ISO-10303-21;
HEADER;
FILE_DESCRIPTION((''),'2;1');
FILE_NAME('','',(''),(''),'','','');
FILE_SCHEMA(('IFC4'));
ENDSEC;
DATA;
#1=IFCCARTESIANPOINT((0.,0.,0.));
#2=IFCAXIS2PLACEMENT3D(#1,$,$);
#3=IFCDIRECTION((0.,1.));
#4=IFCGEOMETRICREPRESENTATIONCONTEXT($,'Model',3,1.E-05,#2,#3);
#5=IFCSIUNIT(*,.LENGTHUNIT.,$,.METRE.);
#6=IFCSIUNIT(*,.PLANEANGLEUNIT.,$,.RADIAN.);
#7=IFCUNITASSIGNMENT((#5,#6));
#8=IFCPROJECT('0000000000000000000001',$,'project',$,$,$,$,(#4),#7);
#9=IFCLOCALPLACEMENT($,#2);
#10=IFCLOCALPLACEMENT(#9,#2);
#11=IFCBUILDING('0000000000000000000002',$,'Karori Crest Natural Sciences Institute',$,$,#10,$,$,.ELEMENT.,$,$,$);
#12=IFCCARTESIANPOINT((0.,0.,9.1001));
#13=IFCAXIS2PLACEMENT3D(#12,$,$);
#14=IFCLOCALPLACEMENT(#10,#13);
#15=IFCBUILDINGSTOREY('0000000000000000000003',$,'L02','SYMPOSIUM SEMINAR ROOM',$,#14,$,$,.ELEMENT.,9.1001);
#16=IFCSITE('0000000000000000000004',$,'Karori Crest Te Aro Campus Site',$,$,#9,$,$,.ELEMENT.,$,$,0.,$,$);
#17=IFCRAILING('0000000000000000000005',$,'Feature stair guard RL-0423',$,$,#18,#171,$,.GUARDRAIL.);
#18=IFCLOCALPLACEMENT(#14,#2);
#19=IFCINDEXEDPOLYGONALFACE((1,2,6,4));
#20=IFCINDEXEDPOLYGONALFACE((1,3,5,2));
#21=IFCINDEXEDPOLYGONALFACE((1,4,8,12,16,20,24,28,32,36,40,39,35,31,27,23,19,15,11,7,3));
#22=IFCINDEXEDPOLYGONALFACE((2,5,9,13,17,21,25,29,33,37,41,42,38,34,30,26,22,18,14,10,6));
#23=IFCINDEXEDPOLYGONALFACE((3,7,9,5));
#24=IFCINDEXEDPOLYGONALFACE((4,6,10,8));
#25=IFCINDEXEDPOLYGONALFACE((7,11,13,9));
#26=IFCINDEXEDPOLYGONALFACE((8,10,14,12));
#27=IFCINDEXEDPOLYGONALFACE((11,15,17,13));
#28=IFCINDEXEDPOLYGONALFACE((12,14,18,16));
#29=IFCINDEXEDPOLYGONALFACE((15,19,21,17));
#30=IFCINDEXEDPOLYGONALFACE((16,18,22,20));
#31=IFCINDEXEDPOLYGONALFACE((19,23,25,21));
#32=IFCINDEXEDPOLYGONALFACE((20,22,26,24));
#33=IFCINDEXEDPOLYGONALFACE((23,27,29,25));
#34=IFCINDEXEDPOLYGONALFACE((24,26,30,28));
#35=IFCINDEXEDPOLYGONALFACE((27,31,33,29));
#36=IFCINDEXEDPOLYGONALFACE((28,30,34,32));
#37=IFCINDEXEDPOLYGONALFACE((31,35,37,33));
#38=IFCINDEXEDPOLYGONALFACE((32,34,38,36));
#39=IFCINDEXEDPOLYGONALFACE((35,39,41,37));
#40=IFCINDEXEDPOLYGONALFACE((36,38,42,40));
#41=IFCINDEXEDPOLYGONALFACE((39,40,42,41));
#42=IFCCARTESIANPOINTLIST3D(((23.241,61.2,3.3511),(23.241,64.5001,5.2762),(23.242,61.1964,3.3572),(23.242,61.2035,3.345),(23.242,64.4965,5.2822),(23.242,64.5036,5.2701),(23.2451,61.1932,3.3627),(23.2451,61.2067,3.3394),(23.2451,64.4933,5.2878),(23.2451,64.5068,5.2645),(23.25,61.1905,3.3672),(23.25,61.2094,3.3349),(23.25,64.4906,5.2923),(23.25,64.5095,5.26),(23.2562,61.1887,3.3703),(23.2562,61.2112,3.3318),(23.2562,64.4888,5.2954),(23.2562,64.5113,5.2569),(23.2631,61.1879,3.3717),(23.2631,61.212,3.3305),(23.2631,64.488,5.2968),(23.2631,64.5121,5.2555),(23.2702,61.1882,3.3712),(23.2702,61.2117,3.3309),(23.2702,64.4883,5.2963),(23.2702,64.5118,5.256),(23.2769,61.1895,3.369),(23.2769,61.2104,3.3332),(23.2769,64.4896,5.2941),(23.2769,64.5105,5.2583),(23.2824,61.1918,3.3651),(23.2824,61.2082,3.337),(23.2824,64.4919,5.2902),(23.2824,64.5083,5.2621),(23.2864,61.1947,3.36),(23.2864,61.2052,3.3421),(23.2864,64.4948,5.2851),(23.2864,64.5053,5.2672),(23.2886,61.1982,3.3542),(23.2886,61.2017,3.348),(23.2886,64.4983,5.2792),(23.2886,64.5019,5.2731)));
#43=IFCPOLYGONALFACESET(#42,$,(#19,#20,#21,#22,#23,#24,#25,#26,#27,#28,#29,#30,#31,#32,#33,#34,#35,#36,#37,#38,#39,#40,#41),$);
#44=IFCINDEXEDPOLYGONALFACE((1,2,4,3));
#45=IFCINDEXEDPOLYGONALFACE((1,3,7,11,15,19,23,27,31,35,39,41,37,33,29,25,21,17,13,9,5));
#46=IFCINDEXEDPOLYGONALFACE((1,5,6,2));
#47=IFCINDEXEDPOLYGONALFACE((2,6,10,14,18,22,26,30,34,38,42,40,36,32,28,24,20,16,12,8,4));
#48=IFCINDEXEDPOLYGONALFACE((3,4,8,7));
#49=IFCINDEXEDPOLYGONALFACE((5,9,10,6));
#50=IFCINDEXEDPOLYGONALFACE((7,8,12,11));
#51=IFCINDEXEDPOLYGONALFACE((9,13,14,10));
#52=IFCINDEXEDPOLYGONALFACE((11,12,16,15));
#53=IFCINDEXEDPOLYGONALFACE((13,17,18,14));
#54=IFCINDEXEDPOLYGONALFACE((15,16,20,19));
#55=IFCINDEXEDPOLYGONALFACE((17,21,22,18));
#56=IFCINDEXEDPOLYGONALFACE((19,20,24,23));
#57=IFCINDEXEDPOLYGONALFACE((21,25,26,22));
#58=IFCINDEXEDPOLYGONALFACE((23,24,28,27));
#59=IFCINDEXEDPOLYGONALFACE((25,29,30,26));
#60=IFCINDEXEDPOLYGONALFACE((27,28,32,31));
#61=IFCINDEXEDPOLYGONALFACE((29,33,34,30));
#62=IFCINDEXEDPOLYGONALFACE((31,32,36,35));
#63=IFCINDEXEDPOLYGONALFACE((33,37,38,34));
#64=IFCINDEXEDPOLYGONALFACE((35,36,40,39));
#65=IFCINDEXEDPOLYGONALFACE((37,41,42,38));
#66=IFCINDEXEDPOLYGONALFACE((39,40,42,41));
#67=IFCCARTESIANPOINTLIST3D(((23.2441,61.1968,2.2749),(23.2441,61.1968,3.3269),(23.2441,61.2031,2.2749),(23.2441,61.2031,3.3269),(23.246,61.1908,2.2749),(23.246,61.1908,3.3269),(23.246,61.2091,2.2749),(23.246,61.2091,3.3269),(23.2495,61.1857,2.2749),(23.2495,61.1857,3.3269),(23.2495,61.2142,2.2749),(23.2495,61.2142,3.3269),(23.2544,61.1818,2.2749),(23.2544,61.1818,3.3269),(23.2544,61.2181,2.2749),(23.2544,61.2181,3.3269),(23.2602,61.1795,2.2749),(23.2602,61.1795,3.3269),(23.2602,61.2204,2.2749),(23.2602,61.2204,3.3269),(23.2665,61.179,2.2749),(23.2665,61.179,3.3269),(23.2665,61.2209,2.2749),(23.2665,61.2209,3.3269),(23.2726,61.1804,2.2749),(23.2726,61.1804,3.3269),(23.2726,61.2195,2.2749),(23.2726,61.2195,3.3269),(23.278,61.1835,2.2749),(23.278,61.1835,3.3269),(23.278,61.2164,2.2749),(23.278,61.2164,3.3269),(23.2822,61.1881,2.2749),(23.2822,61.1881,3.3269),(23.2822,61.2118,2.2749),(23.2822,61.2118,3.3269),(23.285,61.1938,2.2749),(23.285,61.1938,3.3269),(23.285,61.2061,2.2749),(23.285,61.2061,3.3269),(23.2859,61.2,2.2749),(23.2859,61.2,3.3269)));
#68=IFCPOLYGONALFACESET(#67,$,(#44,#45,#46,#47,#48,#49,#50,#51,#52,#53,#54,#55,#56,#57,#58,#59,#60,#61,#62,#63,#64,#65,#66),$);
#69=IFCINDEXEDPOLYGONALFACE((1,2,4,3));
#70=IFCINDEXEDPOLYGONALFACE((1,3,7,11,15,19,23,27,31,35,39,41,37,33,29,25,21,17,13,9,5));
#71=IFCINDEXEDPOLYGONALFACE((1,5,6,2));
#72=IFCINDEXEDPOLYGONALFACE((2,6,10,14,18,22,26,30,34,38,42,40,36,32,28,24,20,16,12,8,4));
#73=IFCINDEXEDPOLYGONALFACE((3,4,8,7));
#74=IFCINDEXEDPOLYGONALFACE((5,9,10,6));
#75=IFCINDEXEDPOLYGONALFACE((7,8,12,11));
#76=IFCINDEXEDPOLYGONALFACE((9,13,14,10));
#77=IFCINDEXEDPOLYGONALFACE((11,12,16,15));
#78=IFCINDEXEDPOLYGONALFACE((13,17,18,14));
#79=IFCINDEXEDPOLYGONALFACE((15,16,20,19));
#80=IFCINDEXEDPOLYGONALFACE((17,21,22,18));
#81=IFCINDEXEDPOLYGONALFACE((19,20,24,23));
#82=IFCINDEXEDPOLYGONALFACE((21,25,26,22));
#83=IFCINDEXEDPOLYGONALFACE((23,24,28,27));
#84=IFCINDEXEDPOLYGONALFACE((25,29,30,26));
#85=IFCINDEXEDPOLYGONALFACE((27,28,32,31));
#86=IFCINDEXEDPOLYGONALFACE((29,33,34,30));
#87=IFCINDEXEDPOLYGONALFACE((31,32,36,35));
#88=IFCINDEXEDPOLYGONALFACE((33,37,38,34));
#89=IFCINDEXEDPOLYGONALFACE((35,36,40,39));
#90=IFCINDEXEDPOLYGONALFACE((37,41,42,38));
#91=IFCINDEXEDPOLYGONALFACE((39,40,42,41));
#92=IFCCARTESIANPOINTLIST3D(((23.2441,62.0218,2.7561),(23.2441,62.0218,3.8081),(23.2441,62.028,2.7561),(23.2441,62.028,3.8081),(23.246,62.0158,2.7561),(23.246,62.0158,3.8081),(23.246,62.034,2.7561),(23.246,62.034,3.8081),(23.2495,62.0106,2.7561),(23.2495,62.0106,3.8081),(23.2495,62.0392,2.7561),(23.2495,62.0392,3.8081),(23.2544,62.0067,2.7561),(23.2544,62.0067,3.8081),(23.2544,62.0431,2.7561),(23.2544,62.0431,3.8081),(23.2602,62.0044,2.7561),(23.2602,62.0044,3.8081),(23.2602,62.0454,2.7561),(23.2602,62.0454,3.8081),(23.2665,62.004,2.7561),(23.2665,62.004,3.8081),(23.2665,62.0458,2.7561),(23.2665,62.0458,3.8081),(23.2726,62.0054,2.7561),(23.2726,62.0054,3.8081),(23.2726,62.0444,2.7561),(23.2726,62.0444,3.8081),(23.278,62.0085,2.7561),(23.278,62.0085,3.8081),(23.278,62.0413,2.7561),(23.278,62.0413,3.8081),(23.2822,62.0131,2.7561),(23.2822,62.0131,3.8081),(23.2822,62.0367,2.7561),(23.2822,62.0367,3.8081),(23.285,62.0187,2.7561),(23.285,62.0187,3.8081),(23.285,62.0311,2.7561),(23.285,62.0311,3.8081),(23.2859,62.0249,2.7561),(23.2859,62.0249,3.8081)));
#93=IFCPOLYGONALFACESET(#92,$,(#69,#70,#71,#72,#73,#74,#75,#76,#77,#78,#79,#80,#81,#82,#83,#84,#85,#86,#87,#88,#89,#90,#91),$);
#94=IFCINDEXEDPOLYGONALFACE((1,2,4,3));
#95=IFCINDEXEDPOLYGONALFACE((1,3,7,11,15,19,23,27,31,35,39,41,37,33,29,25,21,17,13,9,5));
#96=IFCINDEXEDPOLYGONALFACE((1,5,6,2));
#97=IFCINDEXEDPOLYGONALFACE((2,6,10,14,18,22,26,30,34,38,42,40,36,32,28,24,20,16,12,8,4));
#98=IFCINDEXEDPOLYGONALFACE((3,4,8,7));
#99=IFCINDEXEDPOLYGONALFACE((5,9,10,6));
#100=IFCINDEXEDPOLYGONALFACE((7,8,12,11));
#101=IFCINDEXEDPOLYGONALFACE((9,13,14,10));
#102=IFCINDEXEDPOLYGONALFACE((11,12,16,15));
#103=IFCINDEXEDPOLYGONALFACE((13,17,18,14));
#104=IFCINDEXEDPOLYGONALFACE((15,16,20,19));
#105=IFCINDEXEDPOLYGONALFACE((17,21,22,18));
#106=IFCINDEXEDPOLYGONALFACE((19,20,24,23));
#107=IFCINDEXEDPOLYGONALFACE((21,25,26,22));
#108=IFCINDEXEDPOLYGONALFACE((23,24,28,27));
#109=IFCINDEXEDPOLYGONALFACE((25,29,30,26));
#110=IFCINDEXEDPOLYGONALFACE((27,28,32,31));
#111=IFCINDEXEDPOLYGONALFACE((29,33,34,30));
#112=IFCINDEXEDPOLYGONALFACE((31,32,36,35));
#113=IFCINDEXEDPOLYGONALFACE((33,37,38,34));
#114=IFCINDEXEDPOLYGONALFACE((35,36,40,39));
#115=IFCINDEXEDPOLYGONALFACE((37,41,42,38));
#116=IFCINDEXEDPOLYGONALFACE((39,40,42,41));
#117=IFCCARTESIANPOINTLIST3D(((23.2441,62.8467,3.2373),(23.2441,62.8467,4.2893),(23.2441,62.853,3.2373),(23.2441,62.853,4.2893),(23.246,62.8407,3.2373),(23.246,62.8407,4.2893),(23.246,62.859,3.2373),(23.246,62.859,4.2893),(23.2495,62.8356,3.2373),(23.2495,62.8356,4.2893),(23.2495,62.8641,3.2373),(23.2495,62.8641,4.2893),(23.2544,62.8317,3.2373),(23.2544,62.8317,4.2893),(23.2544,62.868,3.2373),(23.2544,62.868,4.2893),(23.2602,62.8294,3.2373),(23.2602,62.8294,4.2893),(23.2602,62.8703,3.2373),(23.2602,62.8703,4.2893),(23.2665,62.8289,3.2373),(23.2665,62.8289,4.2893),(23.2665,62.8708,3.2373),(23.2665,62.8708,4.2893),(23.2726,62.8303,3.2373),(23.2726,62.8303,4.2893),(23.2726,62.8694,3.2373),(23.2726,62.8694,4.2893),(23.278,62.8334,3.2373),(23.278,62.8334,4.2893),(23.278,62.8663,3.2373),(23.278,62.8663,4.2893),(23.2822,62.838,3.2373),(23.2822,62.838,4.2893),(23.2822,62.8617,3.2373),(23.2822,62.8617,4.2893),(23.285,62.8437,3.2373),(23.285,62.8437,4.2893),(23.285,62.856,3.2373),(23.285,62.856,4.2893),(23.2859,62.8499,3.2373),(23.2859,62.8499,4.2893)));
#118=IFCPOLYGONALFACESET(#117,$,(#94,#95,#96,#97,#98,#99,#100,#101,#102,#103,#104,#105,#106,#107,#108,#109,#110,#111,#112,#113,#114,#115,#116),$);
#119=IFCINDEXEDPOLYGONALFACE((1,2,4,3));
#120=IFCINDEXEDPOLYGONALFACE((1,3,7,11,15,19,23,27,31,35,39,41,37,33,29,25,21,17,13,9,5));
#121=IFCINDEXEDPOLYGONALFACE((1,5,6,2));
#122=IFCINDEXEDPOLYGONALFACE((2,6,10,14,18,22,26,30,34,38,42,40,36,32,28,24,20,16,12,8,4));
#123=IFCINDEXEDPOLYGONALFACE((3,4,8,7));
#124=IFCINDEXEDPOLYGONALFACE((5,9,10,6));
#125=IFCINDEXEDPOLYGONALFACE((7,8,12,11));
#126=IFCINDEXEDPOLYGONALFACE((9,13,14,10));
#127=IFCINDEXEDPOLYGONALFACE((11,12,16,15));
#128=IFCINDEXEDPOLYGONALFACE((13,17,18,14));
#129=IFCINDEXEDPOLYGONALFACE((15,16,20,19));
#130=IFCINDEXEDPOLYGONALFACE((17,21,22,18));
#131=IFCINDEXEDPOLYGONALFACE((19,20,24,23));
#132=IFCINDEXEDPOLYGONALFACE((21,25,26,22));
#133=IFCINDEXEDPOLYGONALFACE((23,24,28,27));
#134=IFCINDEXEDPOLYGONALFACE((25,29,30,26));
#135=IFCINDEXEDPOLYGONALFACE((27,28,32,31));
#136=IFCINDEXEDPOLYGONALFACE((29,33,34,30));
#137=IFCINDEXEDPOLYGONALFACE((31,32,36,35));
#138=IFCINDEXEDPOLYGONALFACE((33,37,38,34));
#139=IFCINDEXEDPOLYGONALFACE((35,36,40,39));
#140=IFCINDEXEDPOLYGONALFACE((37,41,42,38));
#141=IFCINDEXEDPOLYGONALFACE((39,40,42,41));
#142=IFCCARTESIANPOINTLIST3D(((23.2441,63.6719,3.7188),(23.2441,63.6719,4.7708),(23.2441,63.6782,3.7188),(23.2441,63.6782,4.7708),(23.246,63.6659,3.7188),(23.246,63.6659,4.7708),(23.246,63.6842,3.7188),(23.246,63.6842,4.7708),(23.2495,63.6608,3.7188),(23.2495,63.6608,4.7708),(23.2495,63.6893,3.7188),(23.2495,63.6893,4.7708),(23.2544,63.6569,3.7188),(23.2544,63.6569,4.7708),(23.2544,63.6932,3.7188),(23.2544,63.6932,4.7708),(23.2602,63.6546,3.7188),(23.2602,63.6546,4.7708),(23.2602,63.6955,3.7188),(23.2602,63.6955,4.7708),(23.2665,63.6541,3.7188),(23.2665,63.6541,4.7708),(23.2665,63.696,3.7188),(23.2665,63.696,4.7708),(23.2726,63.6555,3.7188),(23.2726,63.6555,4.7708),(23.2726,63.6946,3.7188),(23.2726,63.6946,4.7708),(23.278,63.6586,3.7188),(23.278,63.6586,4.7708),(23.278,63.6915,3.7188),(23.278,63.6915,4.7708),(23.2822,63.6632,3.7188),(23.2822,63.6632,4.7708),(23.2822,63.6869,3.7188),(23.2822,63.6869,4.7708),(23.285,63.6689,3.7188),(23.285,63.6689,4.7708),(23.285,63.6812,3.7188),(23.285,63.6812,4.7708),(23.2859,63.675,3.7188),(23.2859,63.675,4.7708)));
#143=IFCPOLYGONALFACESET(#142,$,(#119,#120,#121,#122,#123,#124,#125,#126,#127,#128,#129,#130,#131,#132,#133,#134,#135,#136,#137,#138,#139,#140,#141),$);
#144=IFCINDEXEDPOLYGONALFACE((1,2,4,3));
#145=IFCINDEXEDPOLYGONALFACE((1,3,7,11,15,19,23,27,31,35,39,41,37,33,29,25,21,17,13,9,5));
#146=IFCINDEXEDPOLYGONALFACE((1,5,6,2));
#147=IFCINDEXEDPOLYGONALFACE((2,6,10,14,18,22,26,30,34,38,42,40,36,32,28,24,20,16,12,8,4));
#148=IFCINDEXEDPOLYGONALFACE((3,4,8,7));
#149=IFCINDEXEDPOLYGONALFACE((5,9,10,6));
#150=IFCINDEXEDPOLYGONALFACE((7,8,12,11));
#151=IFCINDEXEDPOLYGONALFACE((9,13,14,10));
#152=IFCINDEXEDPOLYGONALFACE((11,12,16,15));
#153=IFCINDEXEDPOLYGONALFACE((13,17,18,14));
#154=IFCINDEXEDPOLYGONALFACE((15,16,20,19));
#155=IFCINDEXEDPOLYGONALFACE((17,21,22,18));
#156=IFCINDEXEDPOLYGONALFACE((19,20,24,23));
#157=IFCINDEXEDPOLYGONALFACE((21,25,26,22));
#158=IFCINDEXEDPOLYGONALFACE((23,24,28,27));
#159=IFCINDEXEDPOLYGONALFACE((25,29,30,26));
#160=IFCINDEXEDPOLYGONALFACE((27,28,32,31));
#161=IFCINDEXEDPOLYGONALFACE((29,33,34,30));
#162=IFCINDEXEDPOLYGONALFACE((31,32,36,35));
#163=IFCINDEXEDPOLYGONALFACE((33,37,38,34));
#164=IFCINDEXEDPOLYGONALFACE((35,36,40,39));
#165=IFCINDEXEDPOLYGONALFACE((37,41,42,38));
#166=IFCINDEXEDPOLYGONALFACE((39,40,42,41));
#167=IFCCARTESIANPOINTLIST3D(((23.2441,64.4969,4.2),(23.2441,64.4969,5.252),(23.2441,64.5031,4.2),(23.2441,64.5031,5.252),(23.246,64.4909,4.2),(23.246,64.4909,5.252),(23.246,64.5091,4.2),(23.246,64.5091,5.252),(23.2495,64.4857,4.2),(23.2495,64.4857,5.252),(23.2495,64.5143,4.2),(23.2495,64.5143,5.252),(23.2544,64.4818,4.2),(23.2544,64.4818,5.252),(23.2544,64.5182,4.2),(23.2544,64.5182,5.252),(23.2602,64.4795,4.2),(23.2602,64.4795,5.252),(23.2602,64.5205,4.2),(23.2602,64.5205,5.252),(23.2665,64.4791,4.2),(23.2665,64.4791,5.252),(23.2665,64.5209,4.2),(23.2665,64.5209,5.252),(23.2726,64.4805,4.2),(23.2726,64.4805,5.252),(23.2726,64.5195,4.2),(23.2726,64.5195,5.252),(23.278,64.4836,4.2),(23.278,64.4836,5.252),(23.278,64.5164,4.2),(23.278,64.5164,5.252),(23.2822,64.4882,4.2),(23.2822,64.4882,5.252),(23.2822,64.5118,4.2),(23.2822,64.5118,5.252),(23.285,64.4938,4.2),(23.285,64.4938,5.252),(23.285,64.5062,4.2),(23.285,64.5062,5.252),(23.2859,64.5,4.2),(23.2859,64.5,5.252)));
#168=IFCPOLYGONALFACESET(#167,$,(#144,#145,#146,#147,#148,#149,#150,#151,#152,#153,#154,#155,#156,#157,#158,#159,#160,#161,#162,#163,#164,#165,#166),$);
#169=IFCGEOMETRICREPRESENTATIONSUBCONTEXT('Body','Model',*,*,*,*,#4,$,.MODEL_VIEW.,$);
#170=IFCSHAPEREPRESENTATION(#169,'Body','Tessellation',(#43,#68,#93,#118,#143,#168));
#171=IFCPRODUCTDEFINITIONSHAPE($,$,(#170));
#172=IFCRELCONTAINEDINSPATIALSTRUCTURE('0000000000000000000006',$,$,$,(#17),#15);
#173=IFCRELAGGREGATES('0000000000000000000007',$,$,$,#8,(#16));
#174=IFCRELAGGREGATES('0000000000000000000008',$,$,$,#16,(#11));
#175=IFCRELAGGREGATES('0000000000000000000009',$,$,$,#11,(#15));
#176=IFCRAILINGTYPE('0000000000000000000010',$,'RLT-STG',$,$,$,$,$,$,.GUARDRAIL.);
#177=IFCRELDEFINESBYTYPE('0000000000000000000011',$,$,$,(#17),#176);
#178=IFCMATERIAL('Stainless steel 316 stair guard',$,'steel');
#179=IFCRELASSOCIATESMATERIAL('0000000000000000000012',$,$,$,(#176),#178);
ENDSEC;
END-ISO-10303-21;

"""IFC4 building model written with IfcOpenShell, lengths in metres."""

from ifc_helpers import new_model, si_unit, direction, frame, origin, origin_2d, place, context, subcontext, project, spatial, circle, extrude, material, type_object, element, save


model = new_model("IFC4")

# Units and contexts
model_context = context("Model", 3, precision=1e-05, world=origin(), true_north=direction((0.0, 1.0)))
body_context = subcontext(model_context, "Body", "Model", "MODEL_VIEW")
ifc_project = project(units=[si_unit("LENGTHUNIT", "METRE"), si_unit("PLANEANGLEUNIT", "RADIAN")], contexts=[model_context])

# Site, building, storey
site_placement = place(None, origin())
site = spatial("IfcSite", under=ifc_project, at=site_placement, Name="Karori Crest Te Aro Campus Site", CompositionType="ELEMENT", RefElevation=0.0)
building_placement = place(site_placement, origin())
building = spatial("IfcBuilding", under=site, at=building_placement, Name="Karori Crest Natural Sciences Institute", CompositionType="ELEMENT")
storey_placement = place(building_placement, frame((0.0, 0.0, 9.1001)))
storey = spatial("IfcBuildingStorey", under=building, at=storey_placement, Name="L02", Description="SYMPOSIUM SEMINAR ROOM", CompositionType="ELEMENT", Elevation=9.1001)

# Railing
ifc_material_1 = material(Name="Stainless steel 316 stair guard", Category="steel")
railing_type = type_object("IfcRailingType", Name="RLT-STG", PredefinedType="GUARDRAIL", material=ifc_material_1)
for number, where, name in (
    (1, (23.2649, 61.2, 2.2749), "Feature stair guard RL-0423"),
):
    element("IfcRailing", number, at=place(storey_placement, frame(where)), inside=storey, type_object=railing_type, Name=name, PredefinedType="GUARDRAIL", context=body_context, shape_type="SweptSolid", body=[
        extrude(circle(Radius=0.0239, at=origin_2d()), frame((0.0, 0.0, 1.0762), z_axis=(0.0, 0.863777, 0.503875), x_axis=(-1.0, 0.0, 0.0)), (0.0, 0.0, 1.0), 3.8206),
        extrude(circle(Radius=0.021, at=origin_2d()), origin(), (0.0, 0.0, 1.0), 1.052),
        extrude(circle(Radius=0.021, at=origin_2d()), frame((0.0, 0.825, 0.4812)), (0.0, 0.0, 1.0), 1.052),
        extrude(circle(Radius=0.021, at=origin_2d()), frame((0.0, 1.6499, 0.9624)), (0.0, 0.0, 1.0), 1.052),
        extrude(circle(Radius=0.021, at=origin_2d()), frame((0.0, 2.4751, 1.4438)), (0.0, 0.0, 1.0), 1.052),
        extrude(circle(Radius=0.021, at=origin_2d()), frame((0.0, 3.3, 1.925)), (0.0, 0.0, 1.0), 1.052),
    ])

save(model, "model.ifc")
